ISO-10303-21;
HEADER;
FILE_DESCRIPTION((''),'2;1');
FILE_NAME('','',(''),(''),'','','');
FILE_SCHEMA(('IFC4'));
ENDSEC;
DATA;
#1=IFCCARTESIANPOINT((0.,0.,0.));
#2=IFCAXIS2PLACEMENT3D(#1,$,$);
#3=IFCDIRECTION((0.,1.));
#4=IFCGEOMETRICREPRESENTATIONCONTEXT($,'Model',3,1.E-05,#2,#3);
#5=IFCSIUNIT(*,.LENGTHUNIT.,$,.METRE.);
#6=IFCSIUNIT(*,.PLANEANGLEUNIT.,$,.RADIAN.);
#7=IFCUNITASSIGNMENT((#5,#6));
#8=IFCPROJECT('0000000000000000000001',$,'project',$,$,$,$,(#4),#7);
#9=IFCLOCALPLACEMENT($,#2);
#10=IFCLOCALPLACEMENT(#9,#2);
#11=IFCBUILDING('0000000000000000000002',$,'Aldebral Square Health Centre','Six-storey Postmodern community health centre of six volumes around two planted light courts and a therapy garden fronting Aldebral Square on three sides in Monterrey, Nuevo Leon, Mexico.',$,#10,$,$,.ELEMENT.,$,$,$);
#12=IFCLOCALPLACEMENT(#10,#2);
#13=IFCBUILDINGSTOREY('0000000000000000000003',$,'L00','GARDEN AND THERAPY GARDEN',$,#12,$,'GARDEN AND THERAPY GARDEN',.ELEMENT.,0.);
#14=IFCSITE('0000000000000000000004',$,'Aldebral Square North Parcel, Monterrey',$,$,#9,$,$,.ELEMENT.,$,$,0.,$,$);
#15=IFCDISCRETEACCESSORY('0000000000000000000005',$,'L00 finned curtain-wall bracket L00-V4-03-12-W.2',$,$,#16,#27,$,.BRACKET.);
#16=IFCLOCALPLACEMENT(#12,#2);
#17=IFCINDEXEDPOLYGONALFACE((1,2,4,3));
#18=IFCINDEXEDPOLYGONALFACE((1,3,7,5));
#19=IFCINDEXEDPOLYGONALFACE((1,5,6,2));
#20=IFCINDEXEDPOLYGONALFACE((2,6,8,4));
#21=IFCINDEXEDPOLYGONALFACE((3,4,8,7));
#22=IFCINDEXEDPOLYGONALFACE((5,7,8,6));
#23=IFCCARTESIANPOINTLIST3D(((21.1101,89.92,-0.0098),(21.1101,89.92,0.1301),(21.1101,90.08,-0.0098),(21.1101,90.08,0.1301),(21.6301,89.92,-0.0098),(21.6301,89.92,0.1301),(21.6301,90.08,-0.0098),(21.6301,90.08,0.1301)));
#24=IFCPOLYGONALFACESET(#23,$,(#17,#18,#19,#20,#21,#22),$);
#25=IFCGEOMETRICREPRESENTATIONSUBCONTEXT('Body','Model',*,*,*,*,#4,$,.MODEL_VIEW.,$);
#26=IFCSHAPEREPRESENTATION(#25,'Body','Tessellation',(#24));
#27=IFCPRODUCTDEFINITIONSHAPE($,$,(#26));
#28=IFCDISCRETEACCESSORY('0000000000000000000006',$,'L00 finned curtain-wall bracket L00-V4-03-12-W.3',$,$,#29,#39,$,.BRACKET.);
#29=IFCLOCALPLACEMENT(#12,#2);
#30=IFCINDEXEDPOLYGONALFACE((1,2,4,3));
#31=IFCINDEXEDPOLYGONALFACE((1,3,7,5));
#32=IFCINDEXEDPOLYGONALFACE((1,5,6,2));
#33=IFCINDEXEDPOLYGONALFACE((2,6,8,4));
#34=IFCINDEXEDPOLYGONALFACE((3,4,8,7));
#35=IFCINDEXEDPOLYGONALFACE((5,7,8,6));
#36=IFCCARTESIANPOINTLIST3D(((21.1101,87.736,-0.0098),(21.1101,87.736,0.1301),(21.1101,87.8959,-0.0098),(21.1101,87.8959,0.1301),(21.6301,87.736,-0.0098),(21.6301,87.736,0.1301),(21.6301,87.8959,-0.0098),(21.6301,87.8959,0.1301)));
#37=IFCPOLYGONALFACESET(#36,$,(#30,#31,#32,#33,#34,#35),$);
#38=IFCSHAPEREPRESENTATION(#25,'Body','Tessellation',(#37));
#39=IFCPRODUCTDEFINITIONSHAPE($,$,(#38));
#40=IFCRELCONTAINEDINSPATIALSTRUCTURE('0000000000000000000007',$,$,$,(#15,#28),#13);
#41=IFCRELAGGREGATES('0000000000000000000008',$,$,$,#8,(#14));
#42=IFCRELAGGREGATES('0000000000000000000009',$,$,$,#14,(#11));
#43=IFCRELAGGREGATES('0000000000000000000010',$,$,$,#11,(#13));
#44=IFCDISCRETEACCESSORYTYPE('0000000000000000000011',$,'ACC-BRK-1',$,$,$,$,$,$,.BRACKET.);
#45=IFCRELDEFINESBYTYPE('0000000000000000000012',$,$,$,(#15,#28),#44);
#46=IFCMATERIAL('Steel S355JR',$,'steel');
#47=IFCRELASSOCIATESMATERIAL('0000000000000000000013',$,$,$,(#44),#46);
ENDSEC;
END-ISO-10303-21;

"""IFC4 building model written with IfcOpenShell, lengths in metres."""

from ifc_helpers import new_model, si_unit, direction, frame, origin, origin_2d, place, context, subcontext, project, spatial, rectangle, extrude, material, type_object, element, save


model = new_model("IFC4")

# Units and contexts
model_context = context("Model", 3, precision=1e-05, world=origin(), true_north=direction((0.0, 1.0)))
body_context = subcontext(model_context, "Body", "Model", "MODEL_VIEW")
ifc_project = project(units=[si_unit("LENGTHUNIT", "METRE"), si_unit("PLANEANGLEUNIT", "RADIAN")], contexts=[model_context])

# Site, building, storey
site_placement = place(None, origin())
site = spatial("IfcSite", under=ifc_project, at=site_placement, Name="Aldebral Square North Parcel, Monterrey", CompositionType="ELEMENT", RefElevation=0.0)
building_placement = place(site_placement, origin())
building = spatial("IfcBuilding", under=site, at=building_placement, Name="Aldebral Square Health Centre", Description="Six-storey Postmodern community health centre of six volumes around two planted light courts and a therapy garden fronting Aldebral Square on three sides in Monterrey, Nuevo Leon, Mexico.", CompositionType="ELEMENT")
storey_placement = place(building_placement, origin())
storey = spatial("IfcBuildingStorey", under=building, at=storey_placement, Name="L00", Description="GARDEN AND THERAPY GARDEN", LongName="GARDEN AND THERAPY GARDEN", CompositionType="ELEMENT", Elevation=0.0)

# Discrete accessories
ifc_material_1 = material(Name="Steel S355JR", Category="steel")
discrete_accessory_type = type_object("IfcDiscreteAccessoryType", Name="ACC-BRK-1", PredefinedType="BRACKET", material=ifc_material_1)
for number, where, z_axis, x_axis, name in (
    (1, (21.3701, 90.0, -0.0098), (0.0, 0.0, 1.0), (0.0, 1.0, 0.0), "L00 finned curtain-wall bracket L00-V4-03-12-W.2"),
    (2, (21.3701, 87.8159, -0.0098), (0.0, 0.0, 1.0), (0.0, 1.0, 0.0), "L00 finned curtain-wall bracket L00-V4-03-12-W.3"),
):
    element("IfcDiscreteAccessory", number, at=place(storey_placement, frame(where, z_axis=z_axis, x_axis=x_axis)), inside=storey, type_object=discrete_accessory_type, Name=name, PredefinedType="BRACKET", context=body_context, shape_type="SweptSolid", body=[
        extrude(rectangle(XDim=0.1599, YDim=0.52, at=origin_2d()), origin(), (0.0, 0.0, 1.0), 0.1399),
    ])

save(model, "model.ifc")
